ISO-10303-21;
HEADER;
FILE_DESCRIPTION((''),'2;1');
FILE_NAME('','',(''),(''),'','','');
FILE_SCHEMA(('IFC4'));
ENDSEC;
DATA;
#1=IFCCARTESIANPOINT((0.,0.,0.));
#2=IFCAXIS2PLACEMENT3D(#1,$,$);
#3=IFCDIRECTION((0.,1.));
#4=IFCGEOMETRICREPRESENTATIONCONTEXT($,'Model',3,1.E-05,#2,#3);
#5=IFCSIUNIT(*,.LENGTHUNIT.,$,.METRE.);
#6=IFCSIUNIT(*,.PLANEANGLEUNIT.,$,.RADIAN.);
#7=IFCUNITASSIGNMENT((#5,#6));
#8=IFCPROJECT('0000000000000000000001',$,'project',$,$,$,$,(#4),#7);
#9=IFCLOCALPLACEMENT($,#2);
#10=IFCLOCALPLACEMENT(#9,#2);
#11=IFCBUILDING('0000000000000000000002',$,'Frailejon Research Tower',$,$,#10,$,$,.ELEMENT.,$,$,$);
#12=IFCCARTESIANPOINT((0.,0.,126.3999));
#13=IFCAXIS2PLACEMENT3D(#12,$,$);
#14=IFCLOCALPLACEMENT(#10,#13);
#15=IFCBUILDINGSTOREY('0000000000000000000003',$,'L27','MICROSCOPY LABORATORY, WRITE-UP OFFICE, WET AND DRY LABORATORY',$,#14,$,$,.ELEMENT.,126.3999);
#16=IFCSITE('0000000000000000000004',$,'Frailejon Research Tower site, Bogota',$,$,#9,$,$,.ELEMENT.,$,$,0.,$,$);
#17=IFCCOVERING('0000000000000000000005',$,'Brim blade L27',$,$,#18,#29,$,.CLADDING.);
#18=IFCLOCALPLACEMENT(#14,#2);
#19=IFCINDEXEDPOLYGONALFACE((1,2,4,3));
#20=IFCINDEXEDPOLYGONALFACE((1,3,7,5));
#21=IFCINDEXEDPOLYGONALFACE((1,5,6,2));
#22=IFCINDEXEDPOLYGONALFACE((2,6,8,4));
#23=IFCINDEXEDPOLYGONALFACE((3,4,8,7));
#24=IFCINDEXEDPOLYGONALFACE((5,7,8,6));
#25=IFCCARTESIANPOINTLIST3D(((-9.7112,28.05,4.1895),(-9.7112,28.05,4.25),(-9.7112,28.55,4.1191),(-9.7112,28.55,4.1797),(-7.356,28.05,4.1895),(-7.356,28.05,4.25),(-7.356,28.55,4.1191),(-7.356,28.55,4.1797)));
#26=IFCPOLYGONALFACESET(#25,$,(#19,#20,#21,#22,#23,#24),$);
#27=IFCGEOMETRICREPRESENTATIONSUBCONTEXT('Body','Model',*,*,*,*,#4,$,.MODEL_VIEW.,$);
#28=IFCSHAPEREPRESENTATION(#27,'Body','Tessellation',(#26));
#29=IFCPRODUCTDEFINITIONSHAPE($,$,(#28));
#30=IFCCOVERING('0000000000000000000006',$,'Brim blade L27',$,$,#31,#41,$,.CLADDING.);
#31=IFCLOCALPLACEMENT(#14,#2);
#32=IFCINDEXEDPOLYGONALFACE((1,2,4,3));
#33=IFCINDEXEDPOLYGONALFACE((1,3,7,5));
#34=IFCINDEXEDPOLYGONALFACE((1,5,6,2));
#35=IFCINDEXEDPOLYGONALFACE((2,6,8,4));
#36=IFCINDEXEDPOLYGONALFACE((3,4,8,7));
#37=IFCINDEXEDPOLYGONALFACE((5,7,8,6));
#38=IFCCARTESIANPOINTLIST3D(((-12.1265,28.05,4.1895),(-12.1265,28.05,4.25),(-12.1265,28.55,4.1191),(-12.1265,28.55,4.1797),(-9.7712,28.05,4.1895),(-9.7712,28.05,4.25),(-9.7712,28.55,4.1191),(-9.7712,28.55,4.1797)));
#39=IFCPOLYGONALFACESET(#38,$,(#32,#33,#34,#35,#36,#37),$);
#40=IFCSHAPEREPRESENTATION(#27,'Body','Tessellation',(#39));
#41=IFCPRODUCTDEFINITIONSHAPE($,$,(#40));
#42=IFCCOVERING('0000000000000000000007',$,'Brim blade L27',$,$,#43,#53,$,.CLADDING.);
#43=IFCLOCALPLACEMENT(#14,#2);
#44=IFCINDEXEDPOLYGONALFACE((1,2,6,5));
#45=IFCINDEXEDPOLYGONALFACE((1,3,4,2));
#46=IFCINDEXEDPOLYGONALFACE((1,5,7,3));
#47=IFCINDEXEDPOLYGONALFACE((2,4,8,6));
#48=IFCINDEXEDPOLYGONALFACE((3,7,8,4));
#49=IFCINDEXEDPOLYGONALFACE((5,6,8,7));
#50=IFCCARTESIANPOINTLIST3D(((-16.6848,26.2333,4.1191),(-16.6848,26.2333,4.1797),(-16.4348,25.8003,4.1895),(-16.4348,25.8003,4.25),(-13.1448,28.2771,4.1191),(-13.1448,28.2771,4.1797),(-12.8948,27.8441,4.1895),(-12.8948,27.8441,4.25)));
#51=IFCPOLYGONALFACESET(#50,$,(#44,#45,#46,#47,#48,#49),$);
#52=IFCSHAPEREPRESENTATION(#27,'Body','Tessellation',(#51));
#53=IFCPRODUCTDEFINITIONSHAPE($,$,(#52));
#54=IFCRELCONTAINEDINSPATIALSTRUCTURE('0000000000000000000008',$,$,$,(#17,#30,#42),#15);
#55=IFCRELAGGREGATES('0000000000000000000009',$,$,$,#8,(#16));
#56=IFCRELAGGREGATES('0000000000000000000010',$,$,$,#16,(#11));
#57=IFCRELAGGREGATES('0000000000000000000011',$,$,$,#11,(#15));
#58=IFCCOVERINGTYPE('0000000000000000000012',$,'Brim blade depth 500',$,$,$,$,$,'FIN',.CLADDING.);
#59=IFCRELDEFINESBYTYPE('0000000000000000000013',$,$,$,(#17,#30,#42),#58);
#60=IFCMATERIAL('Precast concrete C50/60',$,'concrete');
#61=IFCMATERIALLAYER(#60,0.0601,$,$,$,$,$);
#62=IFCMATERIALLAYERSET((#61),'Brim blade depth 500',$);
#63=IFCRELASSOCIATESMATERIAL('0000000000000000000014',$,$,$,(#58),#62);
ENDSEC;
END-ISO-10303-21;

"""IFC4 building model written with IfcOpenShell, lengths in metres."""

from ifc_helpers import new_model, si_unit, direction, frame, origin, place, context, subcontext, project, spatial, polyline, outline, extrude, material, layer, layer_set, type_object, element, save


model = new_model("IFC4")

# Units and contexts
model_context = context("Model", 3, precision=1e-05, world=origin(), true_north=direction((0.0, 1.0)))
body_context = subcontext(model_context, "Body", "Model", "MODEL_VIEW")
ifc_project = project(units=[si_unit("LENGTHUNIT", "METRE"), si_unit("PLANEANGLEUNIT", "RADIAN")], contexts=[model_context])

# Site, building, storey
site_placement = place(None, origin())
site = spatial("IfcSite", under=ifc_project, at=site_placement, Name="Frailejon Research Tower site, Bogota", CompositionType="ELEMENT", RefElevation=0.0)
building_placement = place(site_placement, origin())
building = spatial("IfcBuilding", under=site, at=building_placement, Name="Frailejon Research Tower", CompositionType="ELEMENT")
storey_placement = place(building_placement, frame((0.0, 0.0, 126.3999)))
storey = spatial("IfcBuildingStorey", under=building, at=storey_placement, Name="L27", Description="MICROSCOPY LABORATORY, WRITE-UP OFFICE, WET AND DRY LABORATORY", CompositionType="ELEMENT", Elevation=126.3999)

# Coverings
ifc_material_1 = material(Name="Precast concrete C50/60", Category="concrete")
ifc_layer_1 = layer(ifc_material_1, 0.0601)
ifc_layer_set_1 = layer_set([ifc_layer_1], Name="Brim blade depth 500")
covering_type_1 = type_object("IfcCoveringType", Name="Brim blade depth 500", ElementType="FIN", PredefinedType="CLADDING", material=ifc_layer_set_1)
for number, where, z_axis, x_axis, name in (
    (1, (-9.7112, 28.05, 4.25), (1.0, 0.0, 0.0), (0.0, 1.0, 0.0), "Brim blade L27"),
    (2, (-12.1265, 28.05, 4.25), (1.0, 0.0, 0.0), (0.0, 1.0, 0.0), "Brim blade L27"),
):
    element("IfcCovering", number, at=place(storey_placement, frame(where, z_axis=z_axis, x_axis=x_axis)), inside=storey, type_object=covering_type_1, Name=name, PredefinedType="CLADDING", context=body_context, shape_type="SweptSolid", body=[
        extrude(outline(polyline([(0.0, -0.0605), (0.5, -0.1309), (0.5, -0.0703), (0.0, 0.0), (0.0, -0.0605)])), origin(), (0.0, 0.0, 1.0), 2.3552),
    ])
covering_placement = place(storey_placement, frame((-16.4348, 25.8003, 4.25), z_axis=(0.866027, 0.499997, 0.0), x_axis=(-0.499997, 0.866027, 0.0)))
element("IfcCovering", 3, at=covering_placement, inside=storey, type_object=covering_type_1, Name="Brim blade L27", PredefinedType="CLADDING", context=body_context, shape_type="SweptSolid", body=[
    extrude(outline(polyline([(0.0, -0.0605), (0.5, -0.1309), (0.5, -0.0703), (0.0, 0.0), (0.0, -0.0605)])), origin(), (0.0, 0.0, 1.0), 4.0876),
])

save(model, "model.ifc")
